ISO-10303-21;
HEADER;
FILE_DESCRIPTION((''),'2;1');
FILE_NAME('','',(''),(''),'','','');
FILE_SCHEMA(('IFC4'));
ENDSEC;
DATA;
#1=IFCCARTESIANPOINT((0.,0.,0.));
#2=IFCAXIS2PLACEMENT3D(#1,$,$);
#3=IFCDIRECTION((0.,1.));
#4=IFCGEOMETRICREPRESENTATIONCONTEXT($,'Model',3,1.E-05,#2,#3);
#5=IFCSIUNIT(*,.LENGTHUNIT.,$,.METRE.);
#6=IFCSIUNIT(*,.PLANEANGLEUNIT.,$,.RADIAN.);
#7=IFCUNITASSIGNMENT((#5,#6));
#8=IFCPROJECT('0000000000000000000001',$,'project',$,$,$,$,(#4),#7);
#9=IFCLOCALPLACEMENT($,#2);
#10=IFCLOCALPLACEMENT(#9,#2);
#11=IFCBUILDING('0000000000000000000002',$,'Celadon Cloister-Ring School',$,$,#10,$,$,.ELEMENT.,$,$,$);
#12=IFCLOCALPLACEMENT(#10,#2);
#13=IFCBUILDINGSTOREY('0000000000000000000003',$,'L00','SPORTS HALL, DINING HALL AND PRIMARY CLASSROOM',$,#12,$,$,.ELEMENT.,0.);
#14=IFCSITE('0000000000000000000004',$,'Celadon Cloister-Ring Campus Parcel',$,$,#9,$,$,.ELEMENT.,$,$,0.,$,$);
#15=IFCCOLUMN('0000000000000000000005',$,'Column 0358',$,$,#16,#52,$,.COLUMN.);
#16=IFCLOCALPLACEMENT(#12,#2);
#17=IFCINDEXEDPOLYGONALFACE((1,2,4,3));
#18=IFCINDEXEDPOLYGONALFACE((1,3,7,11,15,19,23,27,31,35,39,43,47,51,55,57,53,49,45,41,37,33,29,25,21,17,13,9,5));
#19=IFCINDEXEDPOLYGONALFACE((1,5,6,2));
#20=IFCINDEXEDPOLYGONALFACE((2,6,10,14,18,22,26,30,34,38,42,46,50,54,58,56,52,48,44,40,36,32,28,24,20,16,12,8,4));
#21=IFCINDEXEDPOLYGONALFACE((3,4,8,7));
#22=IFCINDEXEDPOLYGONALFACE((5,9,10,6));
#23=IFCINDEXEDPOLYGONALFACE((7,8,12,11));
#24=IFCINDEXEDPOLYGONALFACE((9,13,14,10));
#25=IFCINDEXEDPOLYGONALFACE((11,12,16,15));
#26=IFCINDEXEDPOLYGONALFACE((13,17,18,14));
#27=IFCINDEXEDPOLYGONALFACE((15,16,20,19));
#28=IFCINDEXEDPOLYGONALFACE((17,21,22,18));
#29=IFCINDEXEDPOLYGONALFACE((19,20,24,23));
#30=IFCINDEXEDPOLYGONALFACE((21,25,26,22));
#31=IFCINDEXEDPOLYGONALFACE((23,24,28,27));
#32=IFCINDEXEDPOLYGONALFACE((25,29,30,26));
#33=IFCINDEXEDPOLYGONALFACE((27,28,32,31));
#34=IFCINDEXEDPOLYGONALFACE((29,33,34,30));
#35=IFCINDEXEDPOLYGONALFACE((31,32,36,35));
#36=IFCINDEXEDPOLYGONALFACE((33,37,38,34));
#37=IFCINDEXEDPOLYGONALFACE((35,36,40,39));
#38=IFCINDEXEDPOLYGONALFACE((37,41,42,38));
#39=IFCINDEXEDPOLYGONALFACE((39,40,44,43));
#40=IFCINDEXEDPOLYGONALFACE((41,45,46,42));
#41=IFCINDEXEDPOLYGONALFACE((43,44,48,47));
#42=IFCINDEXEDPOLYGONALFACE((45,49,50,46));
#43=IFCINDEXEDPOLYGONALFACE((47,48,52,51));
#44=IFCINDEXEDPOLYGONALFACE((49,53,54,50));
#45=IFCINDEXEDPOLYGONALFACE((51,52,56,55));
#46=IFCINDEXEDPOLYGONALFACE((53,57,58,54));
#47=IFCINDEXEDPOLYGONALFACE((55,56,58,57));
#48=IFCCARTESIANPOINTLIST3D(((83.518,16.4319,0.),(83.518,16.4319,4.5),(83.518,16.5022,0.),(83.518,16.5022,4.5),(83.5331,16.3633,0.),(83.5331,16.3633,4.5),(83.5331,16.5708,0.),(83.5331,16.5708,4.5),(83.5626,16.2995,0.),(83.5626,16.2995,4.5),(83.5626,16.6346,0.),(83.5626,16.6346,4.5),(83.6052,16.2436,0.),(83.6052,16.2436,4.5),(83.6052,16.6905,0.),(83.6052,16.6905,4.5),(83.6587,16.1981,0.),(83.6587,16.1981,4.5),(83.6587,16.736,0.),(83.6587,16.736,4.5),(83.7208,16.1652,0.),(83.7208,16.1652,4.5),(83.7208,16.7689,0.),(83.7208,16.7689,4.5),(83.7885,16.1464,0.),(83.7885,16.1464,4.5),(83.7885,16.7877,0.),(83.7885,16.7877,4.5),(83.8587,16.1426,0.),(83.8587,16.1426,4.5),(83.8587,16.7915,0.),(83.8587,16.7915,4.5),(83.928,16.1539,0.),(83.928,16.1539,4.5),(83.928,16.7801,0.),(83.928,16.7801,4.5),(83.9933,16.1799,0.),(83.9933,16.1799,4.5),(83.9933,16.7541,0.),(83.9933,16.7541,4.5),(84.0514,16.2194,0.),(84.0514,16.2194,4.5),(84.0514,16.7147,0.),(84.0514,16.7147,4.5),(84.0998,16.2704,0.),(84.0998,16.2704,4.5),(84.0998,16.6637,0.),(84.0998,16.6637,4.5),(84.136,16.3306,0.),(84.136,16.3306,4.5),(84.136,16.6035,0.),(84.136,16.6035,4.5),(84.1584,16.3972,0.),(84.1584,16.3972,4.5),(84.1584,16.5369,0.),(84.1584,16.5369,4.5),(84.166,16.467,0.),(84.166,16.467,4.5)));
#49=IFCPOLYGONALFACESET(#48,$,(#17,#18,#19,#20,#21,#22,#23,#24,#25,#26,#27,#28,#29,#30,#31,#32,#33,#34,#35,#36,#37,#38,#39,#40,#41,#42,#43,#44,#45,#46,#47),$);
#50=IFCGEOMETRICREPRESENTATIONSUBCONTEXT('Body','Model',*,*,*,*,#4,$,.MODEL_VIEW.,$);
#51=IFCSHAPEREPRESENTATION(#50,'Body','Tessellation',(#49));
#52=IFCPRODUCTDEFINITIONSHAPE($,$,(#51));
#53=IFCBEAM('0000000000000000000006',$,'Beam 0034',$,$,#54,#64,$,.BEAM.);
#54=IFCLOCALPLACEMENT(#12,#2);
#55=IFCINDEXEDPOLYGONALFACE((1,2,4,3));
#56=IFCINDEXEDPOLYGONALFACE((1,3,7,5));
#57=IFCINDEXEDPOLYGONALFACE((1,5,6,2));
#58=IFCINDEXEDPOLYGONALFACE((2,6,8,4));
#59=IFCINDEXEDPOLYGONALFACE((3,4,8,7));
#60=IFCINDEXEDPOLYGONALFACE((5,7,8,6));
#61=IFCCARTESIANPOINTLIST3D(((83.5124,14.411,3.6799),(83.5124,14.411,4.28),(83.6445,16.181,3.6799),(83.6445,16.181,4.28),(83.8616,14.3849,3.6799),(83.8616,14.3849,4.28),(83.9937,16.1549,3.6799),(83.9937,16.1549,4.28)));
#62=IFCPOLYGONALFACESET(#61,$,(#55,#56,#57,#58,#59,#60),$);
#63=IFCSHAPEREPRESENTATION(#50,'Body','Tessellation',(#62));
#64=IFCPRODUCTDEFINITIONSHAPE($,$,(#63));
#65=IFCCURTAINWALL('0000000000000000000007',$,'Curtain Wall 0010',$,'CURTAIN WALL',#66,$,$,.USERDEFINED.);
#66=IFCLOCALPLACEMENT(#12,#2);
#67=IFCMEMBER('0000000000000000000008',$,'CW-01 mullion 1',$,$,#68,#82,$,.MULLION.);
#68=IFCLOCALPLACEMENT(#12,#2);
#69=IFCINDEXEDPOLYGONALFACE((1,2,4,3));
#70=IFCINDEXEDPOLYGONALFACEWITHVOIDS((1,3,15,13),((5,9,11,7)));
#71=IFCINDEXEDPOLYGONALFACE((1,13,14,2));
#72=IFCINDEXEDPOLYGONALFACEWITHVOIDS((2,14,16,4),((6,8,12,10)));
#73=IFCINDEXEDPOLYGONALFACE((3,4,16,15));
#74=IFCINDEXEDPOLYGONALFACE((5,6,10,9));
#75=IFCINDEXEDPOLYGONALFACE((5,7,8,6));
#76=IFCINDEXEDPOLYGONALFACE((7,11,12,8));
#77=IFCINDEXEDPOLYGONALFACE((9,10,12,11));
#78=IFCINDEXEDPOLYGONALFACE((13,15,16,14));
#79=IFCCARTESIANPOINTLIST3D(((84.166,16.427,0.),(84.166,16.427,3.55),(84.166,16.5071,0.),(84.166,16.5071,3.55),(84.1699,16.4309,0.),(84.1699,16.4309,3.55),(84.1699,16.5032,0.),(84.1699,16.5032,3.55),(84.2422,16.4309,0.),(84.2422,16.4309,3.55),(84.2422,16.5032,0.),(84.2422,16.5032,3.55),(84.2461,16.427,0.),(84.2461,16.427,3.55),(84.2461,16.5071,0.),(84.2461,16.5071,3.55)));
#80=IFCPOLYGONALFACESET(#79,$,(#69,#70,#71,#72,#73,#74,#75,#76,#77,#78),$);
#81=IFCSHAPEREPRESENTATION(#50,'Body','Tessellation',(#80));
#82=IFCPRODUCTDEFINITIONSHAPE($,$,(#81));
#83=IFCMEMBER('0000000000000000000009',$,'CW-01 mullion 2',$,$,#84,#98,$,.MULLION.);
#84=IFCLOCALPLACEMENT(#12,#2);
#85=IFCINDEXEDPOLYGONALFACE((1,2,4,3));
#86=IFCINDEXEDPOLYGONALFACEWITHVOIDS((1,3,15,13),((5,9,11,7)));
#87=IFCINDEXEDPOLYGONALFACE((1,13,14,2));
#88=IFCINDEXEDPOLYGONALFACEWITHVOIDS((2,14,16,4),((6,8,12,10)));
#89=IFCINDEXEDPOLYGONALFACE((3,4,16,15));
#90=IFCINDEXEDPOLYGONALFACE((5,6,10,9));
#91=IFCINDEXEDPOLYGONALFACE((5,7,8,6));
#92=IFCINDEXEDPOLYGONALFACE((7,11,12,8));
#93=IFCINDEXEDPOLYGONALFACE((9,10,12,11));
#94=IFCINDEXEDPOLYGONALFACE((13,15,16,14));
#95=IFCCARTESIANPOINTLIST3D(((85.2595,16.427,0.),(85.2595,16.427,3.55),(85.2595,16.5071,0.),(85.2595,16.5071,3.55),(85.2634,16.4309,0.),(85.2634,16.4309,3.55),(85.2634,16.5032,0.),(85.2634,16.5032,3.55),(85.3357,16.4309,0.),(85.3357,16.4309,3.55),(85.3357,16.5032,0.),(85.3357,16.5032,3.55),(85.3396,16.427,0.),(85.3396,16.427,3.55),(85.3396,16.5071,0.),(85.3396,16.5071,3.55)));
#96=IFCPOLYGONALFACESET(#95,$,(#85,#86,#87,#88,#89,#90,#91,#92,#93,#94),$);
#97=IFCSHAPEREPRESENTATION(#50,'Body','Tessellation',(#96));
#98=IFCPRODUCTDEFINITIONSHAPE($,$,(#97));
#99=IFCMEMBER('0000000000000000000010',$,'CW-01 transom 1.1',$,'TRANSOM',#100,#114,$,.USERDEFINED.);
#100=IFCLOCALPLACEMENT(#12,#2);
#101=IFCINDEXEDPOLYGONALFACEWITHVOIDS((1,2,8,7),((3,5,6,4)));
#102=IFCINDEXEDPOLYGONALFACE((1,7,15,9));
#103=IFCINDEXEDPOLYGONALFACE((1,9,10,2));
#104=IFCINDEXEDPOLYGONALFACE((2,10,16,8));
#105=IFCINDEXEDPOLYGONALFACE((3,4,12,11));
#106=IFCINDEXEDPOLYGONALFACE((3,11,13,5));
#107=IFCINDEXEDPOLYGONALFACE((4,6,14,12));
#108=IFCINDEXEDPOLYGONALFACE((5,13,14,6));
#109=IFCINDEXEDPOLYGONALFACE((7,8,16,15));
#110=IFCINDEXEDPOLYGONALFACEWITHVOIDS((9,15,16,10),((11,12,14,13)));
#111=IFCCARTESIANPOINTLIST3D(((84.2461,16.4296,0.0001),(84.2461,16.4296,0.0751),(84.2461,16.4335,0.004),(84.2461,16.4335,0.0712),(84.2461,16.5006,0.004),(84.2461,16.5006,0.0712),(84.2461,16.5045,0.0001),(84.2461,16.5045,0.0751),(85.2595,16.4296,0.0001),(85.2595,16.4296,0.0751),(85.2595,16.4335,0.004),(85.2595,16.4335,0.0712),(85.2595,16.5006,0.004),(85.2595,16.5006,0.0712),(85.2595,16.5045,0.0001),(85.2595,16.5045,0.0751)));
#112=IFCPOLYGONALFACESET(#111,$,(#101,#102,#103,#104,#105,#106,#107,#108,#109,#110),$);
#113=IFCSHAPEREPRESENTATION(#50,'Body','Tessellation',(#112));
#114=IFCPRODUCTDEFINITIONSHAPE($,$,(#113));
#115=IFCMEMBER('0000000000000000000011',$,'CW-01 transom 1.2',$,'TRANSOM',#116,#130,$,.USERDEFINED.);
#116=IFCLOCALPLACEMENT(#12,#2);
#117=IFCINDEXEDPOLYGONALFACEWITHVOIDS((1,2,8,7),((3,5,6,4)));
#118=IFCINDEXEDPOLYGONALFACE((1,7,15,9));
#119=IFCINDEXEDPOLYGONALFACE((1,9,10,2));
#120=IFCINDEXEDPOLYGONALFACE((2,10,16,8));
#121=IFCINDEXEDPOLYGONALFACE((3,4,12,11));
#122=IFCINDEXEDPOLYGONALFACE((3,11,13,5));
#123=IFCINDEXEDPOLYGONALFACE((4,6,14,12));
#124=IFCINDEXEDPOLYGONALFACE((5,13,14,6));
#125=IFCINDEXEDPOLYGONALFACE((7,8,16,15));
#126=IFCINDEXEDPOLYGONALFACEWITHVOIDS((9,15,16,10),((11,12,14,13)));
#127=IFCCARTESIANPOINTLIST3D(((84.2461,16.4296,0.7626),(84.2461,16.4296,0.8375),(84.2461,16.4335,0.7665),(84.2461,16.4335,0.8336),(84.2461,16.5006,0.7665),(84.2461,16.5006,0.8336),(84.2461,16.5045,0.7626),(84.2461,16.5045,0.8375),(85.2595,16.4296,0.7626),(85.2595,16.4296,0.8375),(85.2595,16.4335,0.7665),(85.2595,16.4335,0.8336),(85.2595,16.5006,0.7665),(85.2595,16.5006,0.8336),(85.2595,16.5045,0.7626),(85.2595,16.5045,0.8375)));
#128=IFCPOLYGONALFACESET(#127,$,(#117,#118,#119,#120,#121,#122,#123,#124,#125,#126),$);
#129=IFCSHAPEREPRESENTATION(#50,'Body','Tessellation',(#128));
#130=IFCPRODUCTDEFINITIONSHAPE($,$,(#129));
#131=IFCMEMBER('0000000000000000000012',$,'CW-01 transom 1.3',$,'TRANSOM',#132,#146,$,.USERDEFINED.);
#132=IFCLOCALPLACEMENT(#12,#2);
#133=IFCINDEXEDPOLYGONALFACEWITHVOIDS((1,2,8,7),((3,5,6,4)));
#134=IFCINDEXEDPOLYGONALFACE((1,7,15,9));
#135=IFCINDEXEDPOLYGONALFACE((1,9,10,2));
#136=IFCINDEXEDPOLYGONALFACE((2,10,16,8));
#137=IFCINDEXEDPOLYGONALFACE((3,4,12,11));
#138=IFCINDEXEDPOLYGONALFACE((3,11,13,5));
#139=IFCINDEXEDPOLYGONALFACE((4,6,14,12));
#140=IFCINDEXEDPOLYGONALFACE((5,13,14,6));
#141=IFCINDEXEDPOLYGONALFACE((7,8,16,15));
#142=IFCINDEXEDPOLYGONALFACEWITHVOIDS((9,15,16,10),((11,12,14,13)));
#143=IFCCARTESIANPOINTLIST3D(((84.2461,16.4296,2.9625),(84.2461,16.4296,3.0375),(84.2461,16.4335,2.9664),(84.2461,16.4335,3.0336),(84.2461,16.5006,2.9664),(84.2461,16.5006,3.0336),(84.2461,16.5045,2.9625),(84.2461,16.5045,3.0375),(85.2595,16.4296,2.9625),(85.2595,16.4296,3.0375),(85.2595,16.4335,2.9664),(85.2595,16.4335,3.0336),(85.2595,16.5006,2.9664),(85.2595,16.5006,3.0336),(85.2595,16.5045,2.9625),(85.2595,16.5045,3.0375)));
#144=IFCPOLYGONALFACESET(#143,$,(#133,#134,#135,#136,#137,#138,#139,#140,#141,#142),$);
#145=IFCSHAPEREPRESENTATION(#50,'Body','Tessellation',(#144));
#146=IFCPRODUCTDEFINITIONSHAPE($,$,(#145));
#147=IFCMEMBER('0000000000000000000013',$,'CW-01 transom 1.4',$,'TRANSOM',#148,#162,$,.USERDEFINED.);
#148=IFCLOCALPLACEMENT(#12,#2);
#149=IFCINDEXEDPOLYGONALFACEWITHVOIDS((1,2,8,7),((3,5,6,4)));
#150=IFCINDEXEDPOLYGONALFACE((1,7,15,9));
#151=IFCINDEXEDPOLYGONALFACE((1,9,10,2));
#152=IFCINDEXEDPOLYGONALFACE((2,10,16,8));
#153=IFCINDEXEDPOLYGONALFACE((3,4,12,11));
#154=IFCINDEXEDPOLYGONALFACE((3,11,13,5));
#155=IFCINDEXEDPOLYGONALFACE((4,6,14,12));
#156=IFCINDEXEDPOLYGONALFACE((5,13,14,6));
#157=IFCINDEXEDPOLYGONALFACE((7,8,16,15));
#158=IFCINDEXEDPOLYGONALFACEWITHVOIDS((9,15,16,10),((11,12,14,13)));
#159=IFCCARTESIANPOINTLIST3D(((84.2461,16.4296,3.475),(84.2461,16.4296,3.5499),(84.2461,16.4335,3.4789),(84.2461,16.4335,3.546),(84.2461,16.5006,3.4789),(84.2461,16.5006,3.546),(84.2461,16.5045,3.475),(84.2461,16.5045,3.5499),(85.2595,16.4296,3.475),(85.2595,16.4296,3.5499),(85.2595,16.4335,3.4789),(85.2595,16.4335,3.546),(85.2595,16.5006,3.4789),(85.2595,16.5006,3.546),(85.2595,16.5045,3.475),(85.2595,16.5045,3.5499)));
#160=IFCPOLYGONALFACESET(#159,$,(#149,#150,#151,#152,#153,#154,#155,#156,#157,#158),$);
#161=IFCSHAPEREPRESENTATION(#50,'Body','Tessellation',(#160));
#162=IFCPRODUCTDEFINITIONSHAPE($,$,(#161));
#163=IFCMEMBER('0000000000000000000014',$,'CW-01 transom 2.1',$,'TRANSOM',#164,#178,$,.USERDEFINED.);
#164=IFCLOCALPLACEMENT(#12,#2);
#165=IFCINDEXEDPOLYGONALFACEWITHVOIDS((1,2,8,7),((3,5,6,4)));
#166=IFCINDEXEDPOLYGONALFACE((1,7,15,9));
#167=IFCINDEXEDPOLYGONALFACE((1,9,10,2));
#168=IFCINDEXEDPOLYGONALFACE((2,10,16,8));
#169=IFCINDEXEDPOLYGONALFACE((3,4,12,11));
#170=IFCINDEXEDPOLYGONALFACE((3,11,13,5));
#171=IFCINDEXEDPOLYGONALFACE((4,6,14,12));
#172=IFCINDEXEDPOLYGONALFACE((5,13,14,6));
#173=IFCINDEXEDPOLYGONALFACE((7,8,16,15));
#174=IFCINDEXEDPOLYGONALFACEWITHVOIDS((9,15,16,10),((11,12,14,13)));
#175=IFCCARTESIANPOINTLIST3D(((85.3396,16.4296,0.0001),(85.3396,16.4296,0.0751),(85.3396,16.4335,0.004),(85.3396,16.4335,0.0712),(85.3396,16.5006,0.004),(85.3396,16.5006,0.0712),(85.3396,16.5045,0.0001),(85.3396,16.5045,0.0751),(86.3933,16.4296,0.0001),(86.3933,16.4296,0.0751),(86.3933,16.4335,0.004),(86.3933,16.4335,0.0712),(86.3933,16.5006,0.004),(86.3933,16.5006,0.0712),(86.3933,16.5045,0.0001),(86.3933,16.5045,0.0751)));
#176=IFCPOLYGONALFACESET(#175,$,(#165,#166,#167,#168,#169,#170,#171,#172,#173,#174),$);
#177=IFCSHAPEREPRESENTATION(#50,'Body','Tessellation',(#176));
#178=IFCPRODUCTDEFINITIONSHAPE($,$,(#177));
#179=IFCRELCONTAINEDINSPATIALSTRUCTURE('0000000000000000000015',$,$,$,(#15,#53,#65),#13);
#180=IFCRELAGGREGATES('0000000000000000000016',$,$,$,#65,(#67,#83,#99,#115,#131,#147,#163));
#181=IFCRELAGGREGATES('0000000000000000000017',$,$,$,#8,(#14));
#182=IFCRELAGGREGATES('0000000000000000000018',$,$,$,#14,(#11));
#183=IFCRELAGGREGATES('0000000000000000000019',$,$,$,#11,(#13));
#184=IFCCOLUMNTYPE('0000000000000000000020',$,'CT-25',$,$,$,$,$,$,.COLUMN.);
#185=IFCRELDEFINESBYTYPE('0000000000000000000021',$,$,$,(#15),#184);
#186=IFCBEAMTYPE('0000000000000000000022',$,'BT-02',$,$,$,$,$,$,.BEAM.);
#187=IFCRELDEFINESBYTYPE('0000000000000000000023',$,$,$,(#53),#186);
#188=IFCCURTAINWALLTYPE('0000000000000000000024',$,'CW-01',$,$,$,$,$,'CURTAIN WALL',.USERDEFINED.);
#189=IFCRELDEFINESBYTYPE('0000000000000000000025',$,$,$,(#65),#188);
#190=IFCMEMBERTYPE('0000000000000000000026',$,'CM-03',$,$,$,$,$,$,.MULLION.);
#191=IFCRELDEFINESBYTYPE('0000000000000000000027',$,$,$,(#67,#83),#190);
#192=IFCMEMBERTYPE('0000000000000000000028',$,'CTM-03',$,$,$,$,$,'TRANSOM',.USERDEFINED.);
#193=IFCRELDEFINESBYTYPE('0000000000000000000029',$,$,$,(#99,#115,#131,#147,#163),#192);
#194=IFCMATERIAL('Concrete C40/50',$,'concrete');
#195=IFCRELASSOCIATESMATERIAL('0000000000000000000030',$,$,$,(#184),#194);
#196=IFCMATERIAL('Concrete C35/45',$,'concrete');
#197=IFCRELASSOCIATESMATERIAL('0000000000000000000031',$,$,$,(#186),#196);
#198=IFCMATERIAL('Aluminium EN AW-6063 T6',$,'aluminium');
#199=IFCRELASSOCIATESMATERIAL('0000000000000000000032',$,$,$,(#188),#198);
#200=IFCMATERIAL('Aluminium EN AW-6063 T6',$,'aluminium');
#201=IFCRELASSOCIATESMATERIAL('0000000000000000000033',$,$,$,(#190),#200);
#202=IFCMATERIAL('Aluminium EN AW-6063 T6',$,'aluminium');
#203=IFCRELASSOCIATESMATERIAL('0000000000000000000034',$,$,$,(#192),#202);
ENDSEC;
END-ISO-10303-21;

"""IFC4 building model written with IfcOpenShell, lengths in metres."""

from ifc_helpers import new_model, si_unit, direction, frame, origin, origin_2d, place, context, subcontext, project, spatial, rectangle, hollow_rectangle, circle, extrude, material, material_profile, profile_set, type_object, element, aggregate, save


model = new_model("IFC4")

# Units and contexts
model_context = context("Model", 3, precision=1e-05, world=origin(), true_north=direction((0.0, 1.0)))
body_context = subcontext(model_context, "Body", "Model", "MODEL_VIEW")
ifc_project = project(units=[si_unit("LENGTHUNIT", "METRE"), si_unit("PLANEANGLEUNIT", "RADIAN")], contexts=[model_context])

# Site, building, storey
site_placement = place(None, origin())
site = spatial("IfcSite", under=ifc_project, at=site_placement, Name="Celadon Cloister-Ring Campus Parcel", CompositionType="ELEMENT", RefElevation=0.0)
building_placement = place(site_placement, origin())
building = spatial("IfcBuilding", under=site, at=building_placement, Name="Celadon Cloister-Ring School", CompositionType="ELEMENT")
storey_placement = place(building_placement, origin())
storey = spatial("IfcBuildingStorey", under=building, at=storey_placement, Name="L00", Description="SPORTS HALL, DINING HALL AND PRIMARY CLASSROOM", CompositionType="ELEMENT", Elevation=0.0)

# Column
ifc_material_1 = material(Name="Concrete C40/50", Category="concrete")
ifc_material_profile_1 = material_profile(ifc_material_1, circle(Radius=0.325, at=origin_2d()), Name="CIRC650")
ifc_profile_set_1 = profile_set([ifc_material_profile_1], Name="Concrete C40/50")
column_type = type_object("IfcColumnType", Name="CT-25", PredefinedType="COLUMN", material=ifc_profile_set_1)
column_placement = place(storey_placement, frame((83.8411, 16.467, 0.0), z_axis=(0.0, 0.0, 1.0), x_axis=(1.0, 0.0, 0.0)))
element("IfcColumn", 1, at=column_placement, inside=storey, type_object=column_type, Name="Column 0358", PredefinedType="COLUMN", context=body_context, shape_type="SweptSolid", body=[
    extrude(circle(Radius=0.325, at=origin_2d()), origin(), (0.0, 0.0, 1.0), 4.5),
])

# Beam
ifc_material_2 = material(Name="Concrete C35/45", Category="concrete")
ifc_material_profile_2 = material_profile(ifc_material_2, rectangle(XDim=0.3501, YDim=0.6001, at=origin_2d()), Name="RC350X600")
ifc_profile_set_2 = profile_set([ifc_material_profile_2], Name="Concrete C35/45")
beam_type_1 = type_object("IfcBeamType", Name="BT-02", PredefinedType="BEAM", material=ifc_profile_set_2)
beam_1_placement = place(storey_placement, frame((83.687, 14.3979, 3.98), z_axis=(0.074414, 0.997227, 0.0), x_axis=(-0.997227, 0.074414, 0.0)))
element("IfcBeam", 2, at=beam_1_placement, inside=storey, type_object=beam_type_1, Name="Beam 0034", PredefinedType="BEAM", context=body_context, shape_type="SweptSolid", body=[
    extrude(rectangle(XDim=0.3501, YDim=0.6001, at=origin_2d()), origin(), (0.0, 0.0, 1.0), 1.7749),
])

# Curtain wall, members
ifc_material_3 = material(Name="Aluminium EN AW-6063 T6", Category="aluminium")
curtain_wall_type = type_object("IfcCurtainWallType", Name="CW-01", ElementType="CURTAIN WALL", PredefinedType="USERDEFINED", material=ifc_material_3)
curtain_wall_placement = place(storey_placement, origin())
curtain_wall = element("IfcCurtainWall", 3, at=curtain_wall_placement, inside=storey, type_object=curtain_wall_type, Name="Curtain Wall 0010", ObjectType="CURTAIN WALL", PredefinedType="USERDEFINED")
ifc_material_4 = material(Name="Aluminium EN AW-6063 T6", Category="aluminium")
ifc_material_profile_3 = material_profile(ifc_material_4, hollow_rectangle(XDim=0.0801, YDim=0.0801, WallThickness=0.0039, at=origin_2d()), Name="RHS80X80X4")
ifc_profile_set_3 = profile_set([ifc_material_profile_3], Name="Aluminium EN AW-6063 T6")
member_type_1 = type_object("IfcMemberType", Name="CM-03", PredefinedType="MULLION", material=ifc_profile_set_3)
member_1_placement = place(storey_placement, frame((84.2061, 16.467, 0.0), z_axis=(0.0, 0.0, 1.0), x_axis=(0.0, 1.0, 0.0)))
member_1 = element("IfcMember", 4, at=member_1_placement, type_object=member_type_1, Name="CW-01 mullion 1", PredefinedType="MULLION", context=body_context, shape_type="SweptSolid", body=[
    extrude(hollow_rectangle(XDim=0.0801, YDim=0.0801, WallThickness=0.0039, at=origin_2d()), origin(), (0.0, 0.0, 1.0), 3.55),
])
member_2_placement = place(storey_placement, frame((85.2996, 16.467, 0.0), z_axis=(0.0, 0.0, 1.0), x_axis=(0.0, 1.0, 0.0)))
member_2 = element("IfcMember", 5, at=member_2_placement, type_object=member_type_1, Name="CW-01 mullion 2", PredefinedType="MULLION", context=body_context, shape_type="SweptSolid", body=[
    extrude(hollow_rectangle(XDim=0.0801, YDim=0.0801, WallThickness=0.0039, at=origin_2d()), origin(), (0.0, 0.0, 1.0), 3.55),
])
ifc_material_5 = material(Name="Aluminium EN AW-6063 T6", Category="aluminium")
ifc_material_profile_4 = material_profile(ifc_material_5, hollow_rectangle(XDim=0.075, YDim=0.075, WallThickness=0.0039, at=origin_2d()), Name="RHS75X75X4")
ifc_profile_set_4 = profile_set([ifc_material_profile_4], Name="Aluminium EN AW-6063 T6")
member_type_2 = type_object("IfcMemberType", Name="CTM-03", ElementType="TRANSOM", PredefinedType="USERDEFINED", material=ifc_profile_set_4)
member_3_placement = place(storey_placement, frame((84.2461, 16.467, 0.0376), z_axis=(1.0, 0.0, 0.0), x_axis=(0.0, 1.0, 0.0)))
member_3 = element("IfcMember", 6, at=member_3_placement, type_object=member_type_2, Name="CW-01 transom 1.1", ObjectType="TRANSOM", PredefinedType="USERDEFINED", context=body_context, shape_type="SweptSolid", body=[
    extrude(hollow_rectangle(XDim=0.075, YDim=0.075, WallThickness=0.0039, at=origin_2d()), origin(), (0.0, 0.0, 1.0), 1.0134),
])
member_4_placement = place(storey_placement, frame((84.2461, 16.467, 0.8), z_axis=(1.0, 0.0, 0.0), x_axis=(0.0, 1.0, 0.0)))
member_4 = element("IfcMember", 7, at=member_4_placement, type_object=member_type_2, Name="CW-01 transom 1.2", ObjectType="TRANSOM", PredefinedType="USERDEFINED", context=body_context, shape_type="SweptSolid", body=[
    extrude(hollow_rectangle(XDim=0.075, YDim=0.075, WallThickness=0.0039, at=origin_2d()), origin(), (0.0, 0.0, 1.0), 1.0134),
])
member_5_placement = place(storey_placement, frame((84.2461, 16.467, 3.0), z_axis=(1.0, 0.0, 0.0), x_axis=(0.0, 1.0, 0.0)))
member_5 = element("IfcMember", 8, at=member_5_placement, type_object=member_type_2, Name="CW-01 transom 1.3", ObjectType="TRANSOM", PredefinedType="USERDEFINED", context=body_context, shape_type="SweptSolid", body=[
    extrude(hollow_rectangle(XDim=0.075, YDim=0.075, WallThickness=0.0039, at=origin_2d()), origin(), (0.0, 0.0, 1.0), 1.0134),
])
member_6_placement = place(storey_placement, frame((84.2461, 16.467, 3.5125), z_axis=(1.0, 0.0, 0.0), x_axis=(0.0, 1.0, 0.0)))
member_6 = element("IfcMember", 9, at=member_6_placement, type_object=member_type_2, Name="CW-01 transom 1.4", ObjectType="TRANSOM", PredefinedType="USERDEFINED", context=body_context, shape_type="SweptSolid", body=[
    extrude(hollow_rectangle(XDim=0.075, YDim=0.075, WallThickness=0.0039, at=origin_2d()), origin(), (0.0, 0.0, 1.0), 1.0134),
])
member_7_placement = place(storey_placement, frame((85.3396, 16.467, 0.0376), z_axis=(1.0, 0.0, 0.0), x_axis=(0.0, 1.0, 0.0)))
member_7 = element("IfcMember", 10, at=member_7_placement, type_object=member_type_2, Name="CW-01 transom 2.1", ObjectType="TRANSOM", PredefinedType="USERDEFINED", context=body_context, shape_type="SweptSolid", body=[
    extrude(hollow_rectangle(XDim=0.075, YDim=0.075, WallThickness=0.0039, at=origin_2d()), origin(), (0.0, 0.0, 1.0), 1.0537),
])

aggregate(curtain_wall, [member_1, member_2, member_3, member_4, member_5, member_6, member_7])

save(model, "model.ifc")
